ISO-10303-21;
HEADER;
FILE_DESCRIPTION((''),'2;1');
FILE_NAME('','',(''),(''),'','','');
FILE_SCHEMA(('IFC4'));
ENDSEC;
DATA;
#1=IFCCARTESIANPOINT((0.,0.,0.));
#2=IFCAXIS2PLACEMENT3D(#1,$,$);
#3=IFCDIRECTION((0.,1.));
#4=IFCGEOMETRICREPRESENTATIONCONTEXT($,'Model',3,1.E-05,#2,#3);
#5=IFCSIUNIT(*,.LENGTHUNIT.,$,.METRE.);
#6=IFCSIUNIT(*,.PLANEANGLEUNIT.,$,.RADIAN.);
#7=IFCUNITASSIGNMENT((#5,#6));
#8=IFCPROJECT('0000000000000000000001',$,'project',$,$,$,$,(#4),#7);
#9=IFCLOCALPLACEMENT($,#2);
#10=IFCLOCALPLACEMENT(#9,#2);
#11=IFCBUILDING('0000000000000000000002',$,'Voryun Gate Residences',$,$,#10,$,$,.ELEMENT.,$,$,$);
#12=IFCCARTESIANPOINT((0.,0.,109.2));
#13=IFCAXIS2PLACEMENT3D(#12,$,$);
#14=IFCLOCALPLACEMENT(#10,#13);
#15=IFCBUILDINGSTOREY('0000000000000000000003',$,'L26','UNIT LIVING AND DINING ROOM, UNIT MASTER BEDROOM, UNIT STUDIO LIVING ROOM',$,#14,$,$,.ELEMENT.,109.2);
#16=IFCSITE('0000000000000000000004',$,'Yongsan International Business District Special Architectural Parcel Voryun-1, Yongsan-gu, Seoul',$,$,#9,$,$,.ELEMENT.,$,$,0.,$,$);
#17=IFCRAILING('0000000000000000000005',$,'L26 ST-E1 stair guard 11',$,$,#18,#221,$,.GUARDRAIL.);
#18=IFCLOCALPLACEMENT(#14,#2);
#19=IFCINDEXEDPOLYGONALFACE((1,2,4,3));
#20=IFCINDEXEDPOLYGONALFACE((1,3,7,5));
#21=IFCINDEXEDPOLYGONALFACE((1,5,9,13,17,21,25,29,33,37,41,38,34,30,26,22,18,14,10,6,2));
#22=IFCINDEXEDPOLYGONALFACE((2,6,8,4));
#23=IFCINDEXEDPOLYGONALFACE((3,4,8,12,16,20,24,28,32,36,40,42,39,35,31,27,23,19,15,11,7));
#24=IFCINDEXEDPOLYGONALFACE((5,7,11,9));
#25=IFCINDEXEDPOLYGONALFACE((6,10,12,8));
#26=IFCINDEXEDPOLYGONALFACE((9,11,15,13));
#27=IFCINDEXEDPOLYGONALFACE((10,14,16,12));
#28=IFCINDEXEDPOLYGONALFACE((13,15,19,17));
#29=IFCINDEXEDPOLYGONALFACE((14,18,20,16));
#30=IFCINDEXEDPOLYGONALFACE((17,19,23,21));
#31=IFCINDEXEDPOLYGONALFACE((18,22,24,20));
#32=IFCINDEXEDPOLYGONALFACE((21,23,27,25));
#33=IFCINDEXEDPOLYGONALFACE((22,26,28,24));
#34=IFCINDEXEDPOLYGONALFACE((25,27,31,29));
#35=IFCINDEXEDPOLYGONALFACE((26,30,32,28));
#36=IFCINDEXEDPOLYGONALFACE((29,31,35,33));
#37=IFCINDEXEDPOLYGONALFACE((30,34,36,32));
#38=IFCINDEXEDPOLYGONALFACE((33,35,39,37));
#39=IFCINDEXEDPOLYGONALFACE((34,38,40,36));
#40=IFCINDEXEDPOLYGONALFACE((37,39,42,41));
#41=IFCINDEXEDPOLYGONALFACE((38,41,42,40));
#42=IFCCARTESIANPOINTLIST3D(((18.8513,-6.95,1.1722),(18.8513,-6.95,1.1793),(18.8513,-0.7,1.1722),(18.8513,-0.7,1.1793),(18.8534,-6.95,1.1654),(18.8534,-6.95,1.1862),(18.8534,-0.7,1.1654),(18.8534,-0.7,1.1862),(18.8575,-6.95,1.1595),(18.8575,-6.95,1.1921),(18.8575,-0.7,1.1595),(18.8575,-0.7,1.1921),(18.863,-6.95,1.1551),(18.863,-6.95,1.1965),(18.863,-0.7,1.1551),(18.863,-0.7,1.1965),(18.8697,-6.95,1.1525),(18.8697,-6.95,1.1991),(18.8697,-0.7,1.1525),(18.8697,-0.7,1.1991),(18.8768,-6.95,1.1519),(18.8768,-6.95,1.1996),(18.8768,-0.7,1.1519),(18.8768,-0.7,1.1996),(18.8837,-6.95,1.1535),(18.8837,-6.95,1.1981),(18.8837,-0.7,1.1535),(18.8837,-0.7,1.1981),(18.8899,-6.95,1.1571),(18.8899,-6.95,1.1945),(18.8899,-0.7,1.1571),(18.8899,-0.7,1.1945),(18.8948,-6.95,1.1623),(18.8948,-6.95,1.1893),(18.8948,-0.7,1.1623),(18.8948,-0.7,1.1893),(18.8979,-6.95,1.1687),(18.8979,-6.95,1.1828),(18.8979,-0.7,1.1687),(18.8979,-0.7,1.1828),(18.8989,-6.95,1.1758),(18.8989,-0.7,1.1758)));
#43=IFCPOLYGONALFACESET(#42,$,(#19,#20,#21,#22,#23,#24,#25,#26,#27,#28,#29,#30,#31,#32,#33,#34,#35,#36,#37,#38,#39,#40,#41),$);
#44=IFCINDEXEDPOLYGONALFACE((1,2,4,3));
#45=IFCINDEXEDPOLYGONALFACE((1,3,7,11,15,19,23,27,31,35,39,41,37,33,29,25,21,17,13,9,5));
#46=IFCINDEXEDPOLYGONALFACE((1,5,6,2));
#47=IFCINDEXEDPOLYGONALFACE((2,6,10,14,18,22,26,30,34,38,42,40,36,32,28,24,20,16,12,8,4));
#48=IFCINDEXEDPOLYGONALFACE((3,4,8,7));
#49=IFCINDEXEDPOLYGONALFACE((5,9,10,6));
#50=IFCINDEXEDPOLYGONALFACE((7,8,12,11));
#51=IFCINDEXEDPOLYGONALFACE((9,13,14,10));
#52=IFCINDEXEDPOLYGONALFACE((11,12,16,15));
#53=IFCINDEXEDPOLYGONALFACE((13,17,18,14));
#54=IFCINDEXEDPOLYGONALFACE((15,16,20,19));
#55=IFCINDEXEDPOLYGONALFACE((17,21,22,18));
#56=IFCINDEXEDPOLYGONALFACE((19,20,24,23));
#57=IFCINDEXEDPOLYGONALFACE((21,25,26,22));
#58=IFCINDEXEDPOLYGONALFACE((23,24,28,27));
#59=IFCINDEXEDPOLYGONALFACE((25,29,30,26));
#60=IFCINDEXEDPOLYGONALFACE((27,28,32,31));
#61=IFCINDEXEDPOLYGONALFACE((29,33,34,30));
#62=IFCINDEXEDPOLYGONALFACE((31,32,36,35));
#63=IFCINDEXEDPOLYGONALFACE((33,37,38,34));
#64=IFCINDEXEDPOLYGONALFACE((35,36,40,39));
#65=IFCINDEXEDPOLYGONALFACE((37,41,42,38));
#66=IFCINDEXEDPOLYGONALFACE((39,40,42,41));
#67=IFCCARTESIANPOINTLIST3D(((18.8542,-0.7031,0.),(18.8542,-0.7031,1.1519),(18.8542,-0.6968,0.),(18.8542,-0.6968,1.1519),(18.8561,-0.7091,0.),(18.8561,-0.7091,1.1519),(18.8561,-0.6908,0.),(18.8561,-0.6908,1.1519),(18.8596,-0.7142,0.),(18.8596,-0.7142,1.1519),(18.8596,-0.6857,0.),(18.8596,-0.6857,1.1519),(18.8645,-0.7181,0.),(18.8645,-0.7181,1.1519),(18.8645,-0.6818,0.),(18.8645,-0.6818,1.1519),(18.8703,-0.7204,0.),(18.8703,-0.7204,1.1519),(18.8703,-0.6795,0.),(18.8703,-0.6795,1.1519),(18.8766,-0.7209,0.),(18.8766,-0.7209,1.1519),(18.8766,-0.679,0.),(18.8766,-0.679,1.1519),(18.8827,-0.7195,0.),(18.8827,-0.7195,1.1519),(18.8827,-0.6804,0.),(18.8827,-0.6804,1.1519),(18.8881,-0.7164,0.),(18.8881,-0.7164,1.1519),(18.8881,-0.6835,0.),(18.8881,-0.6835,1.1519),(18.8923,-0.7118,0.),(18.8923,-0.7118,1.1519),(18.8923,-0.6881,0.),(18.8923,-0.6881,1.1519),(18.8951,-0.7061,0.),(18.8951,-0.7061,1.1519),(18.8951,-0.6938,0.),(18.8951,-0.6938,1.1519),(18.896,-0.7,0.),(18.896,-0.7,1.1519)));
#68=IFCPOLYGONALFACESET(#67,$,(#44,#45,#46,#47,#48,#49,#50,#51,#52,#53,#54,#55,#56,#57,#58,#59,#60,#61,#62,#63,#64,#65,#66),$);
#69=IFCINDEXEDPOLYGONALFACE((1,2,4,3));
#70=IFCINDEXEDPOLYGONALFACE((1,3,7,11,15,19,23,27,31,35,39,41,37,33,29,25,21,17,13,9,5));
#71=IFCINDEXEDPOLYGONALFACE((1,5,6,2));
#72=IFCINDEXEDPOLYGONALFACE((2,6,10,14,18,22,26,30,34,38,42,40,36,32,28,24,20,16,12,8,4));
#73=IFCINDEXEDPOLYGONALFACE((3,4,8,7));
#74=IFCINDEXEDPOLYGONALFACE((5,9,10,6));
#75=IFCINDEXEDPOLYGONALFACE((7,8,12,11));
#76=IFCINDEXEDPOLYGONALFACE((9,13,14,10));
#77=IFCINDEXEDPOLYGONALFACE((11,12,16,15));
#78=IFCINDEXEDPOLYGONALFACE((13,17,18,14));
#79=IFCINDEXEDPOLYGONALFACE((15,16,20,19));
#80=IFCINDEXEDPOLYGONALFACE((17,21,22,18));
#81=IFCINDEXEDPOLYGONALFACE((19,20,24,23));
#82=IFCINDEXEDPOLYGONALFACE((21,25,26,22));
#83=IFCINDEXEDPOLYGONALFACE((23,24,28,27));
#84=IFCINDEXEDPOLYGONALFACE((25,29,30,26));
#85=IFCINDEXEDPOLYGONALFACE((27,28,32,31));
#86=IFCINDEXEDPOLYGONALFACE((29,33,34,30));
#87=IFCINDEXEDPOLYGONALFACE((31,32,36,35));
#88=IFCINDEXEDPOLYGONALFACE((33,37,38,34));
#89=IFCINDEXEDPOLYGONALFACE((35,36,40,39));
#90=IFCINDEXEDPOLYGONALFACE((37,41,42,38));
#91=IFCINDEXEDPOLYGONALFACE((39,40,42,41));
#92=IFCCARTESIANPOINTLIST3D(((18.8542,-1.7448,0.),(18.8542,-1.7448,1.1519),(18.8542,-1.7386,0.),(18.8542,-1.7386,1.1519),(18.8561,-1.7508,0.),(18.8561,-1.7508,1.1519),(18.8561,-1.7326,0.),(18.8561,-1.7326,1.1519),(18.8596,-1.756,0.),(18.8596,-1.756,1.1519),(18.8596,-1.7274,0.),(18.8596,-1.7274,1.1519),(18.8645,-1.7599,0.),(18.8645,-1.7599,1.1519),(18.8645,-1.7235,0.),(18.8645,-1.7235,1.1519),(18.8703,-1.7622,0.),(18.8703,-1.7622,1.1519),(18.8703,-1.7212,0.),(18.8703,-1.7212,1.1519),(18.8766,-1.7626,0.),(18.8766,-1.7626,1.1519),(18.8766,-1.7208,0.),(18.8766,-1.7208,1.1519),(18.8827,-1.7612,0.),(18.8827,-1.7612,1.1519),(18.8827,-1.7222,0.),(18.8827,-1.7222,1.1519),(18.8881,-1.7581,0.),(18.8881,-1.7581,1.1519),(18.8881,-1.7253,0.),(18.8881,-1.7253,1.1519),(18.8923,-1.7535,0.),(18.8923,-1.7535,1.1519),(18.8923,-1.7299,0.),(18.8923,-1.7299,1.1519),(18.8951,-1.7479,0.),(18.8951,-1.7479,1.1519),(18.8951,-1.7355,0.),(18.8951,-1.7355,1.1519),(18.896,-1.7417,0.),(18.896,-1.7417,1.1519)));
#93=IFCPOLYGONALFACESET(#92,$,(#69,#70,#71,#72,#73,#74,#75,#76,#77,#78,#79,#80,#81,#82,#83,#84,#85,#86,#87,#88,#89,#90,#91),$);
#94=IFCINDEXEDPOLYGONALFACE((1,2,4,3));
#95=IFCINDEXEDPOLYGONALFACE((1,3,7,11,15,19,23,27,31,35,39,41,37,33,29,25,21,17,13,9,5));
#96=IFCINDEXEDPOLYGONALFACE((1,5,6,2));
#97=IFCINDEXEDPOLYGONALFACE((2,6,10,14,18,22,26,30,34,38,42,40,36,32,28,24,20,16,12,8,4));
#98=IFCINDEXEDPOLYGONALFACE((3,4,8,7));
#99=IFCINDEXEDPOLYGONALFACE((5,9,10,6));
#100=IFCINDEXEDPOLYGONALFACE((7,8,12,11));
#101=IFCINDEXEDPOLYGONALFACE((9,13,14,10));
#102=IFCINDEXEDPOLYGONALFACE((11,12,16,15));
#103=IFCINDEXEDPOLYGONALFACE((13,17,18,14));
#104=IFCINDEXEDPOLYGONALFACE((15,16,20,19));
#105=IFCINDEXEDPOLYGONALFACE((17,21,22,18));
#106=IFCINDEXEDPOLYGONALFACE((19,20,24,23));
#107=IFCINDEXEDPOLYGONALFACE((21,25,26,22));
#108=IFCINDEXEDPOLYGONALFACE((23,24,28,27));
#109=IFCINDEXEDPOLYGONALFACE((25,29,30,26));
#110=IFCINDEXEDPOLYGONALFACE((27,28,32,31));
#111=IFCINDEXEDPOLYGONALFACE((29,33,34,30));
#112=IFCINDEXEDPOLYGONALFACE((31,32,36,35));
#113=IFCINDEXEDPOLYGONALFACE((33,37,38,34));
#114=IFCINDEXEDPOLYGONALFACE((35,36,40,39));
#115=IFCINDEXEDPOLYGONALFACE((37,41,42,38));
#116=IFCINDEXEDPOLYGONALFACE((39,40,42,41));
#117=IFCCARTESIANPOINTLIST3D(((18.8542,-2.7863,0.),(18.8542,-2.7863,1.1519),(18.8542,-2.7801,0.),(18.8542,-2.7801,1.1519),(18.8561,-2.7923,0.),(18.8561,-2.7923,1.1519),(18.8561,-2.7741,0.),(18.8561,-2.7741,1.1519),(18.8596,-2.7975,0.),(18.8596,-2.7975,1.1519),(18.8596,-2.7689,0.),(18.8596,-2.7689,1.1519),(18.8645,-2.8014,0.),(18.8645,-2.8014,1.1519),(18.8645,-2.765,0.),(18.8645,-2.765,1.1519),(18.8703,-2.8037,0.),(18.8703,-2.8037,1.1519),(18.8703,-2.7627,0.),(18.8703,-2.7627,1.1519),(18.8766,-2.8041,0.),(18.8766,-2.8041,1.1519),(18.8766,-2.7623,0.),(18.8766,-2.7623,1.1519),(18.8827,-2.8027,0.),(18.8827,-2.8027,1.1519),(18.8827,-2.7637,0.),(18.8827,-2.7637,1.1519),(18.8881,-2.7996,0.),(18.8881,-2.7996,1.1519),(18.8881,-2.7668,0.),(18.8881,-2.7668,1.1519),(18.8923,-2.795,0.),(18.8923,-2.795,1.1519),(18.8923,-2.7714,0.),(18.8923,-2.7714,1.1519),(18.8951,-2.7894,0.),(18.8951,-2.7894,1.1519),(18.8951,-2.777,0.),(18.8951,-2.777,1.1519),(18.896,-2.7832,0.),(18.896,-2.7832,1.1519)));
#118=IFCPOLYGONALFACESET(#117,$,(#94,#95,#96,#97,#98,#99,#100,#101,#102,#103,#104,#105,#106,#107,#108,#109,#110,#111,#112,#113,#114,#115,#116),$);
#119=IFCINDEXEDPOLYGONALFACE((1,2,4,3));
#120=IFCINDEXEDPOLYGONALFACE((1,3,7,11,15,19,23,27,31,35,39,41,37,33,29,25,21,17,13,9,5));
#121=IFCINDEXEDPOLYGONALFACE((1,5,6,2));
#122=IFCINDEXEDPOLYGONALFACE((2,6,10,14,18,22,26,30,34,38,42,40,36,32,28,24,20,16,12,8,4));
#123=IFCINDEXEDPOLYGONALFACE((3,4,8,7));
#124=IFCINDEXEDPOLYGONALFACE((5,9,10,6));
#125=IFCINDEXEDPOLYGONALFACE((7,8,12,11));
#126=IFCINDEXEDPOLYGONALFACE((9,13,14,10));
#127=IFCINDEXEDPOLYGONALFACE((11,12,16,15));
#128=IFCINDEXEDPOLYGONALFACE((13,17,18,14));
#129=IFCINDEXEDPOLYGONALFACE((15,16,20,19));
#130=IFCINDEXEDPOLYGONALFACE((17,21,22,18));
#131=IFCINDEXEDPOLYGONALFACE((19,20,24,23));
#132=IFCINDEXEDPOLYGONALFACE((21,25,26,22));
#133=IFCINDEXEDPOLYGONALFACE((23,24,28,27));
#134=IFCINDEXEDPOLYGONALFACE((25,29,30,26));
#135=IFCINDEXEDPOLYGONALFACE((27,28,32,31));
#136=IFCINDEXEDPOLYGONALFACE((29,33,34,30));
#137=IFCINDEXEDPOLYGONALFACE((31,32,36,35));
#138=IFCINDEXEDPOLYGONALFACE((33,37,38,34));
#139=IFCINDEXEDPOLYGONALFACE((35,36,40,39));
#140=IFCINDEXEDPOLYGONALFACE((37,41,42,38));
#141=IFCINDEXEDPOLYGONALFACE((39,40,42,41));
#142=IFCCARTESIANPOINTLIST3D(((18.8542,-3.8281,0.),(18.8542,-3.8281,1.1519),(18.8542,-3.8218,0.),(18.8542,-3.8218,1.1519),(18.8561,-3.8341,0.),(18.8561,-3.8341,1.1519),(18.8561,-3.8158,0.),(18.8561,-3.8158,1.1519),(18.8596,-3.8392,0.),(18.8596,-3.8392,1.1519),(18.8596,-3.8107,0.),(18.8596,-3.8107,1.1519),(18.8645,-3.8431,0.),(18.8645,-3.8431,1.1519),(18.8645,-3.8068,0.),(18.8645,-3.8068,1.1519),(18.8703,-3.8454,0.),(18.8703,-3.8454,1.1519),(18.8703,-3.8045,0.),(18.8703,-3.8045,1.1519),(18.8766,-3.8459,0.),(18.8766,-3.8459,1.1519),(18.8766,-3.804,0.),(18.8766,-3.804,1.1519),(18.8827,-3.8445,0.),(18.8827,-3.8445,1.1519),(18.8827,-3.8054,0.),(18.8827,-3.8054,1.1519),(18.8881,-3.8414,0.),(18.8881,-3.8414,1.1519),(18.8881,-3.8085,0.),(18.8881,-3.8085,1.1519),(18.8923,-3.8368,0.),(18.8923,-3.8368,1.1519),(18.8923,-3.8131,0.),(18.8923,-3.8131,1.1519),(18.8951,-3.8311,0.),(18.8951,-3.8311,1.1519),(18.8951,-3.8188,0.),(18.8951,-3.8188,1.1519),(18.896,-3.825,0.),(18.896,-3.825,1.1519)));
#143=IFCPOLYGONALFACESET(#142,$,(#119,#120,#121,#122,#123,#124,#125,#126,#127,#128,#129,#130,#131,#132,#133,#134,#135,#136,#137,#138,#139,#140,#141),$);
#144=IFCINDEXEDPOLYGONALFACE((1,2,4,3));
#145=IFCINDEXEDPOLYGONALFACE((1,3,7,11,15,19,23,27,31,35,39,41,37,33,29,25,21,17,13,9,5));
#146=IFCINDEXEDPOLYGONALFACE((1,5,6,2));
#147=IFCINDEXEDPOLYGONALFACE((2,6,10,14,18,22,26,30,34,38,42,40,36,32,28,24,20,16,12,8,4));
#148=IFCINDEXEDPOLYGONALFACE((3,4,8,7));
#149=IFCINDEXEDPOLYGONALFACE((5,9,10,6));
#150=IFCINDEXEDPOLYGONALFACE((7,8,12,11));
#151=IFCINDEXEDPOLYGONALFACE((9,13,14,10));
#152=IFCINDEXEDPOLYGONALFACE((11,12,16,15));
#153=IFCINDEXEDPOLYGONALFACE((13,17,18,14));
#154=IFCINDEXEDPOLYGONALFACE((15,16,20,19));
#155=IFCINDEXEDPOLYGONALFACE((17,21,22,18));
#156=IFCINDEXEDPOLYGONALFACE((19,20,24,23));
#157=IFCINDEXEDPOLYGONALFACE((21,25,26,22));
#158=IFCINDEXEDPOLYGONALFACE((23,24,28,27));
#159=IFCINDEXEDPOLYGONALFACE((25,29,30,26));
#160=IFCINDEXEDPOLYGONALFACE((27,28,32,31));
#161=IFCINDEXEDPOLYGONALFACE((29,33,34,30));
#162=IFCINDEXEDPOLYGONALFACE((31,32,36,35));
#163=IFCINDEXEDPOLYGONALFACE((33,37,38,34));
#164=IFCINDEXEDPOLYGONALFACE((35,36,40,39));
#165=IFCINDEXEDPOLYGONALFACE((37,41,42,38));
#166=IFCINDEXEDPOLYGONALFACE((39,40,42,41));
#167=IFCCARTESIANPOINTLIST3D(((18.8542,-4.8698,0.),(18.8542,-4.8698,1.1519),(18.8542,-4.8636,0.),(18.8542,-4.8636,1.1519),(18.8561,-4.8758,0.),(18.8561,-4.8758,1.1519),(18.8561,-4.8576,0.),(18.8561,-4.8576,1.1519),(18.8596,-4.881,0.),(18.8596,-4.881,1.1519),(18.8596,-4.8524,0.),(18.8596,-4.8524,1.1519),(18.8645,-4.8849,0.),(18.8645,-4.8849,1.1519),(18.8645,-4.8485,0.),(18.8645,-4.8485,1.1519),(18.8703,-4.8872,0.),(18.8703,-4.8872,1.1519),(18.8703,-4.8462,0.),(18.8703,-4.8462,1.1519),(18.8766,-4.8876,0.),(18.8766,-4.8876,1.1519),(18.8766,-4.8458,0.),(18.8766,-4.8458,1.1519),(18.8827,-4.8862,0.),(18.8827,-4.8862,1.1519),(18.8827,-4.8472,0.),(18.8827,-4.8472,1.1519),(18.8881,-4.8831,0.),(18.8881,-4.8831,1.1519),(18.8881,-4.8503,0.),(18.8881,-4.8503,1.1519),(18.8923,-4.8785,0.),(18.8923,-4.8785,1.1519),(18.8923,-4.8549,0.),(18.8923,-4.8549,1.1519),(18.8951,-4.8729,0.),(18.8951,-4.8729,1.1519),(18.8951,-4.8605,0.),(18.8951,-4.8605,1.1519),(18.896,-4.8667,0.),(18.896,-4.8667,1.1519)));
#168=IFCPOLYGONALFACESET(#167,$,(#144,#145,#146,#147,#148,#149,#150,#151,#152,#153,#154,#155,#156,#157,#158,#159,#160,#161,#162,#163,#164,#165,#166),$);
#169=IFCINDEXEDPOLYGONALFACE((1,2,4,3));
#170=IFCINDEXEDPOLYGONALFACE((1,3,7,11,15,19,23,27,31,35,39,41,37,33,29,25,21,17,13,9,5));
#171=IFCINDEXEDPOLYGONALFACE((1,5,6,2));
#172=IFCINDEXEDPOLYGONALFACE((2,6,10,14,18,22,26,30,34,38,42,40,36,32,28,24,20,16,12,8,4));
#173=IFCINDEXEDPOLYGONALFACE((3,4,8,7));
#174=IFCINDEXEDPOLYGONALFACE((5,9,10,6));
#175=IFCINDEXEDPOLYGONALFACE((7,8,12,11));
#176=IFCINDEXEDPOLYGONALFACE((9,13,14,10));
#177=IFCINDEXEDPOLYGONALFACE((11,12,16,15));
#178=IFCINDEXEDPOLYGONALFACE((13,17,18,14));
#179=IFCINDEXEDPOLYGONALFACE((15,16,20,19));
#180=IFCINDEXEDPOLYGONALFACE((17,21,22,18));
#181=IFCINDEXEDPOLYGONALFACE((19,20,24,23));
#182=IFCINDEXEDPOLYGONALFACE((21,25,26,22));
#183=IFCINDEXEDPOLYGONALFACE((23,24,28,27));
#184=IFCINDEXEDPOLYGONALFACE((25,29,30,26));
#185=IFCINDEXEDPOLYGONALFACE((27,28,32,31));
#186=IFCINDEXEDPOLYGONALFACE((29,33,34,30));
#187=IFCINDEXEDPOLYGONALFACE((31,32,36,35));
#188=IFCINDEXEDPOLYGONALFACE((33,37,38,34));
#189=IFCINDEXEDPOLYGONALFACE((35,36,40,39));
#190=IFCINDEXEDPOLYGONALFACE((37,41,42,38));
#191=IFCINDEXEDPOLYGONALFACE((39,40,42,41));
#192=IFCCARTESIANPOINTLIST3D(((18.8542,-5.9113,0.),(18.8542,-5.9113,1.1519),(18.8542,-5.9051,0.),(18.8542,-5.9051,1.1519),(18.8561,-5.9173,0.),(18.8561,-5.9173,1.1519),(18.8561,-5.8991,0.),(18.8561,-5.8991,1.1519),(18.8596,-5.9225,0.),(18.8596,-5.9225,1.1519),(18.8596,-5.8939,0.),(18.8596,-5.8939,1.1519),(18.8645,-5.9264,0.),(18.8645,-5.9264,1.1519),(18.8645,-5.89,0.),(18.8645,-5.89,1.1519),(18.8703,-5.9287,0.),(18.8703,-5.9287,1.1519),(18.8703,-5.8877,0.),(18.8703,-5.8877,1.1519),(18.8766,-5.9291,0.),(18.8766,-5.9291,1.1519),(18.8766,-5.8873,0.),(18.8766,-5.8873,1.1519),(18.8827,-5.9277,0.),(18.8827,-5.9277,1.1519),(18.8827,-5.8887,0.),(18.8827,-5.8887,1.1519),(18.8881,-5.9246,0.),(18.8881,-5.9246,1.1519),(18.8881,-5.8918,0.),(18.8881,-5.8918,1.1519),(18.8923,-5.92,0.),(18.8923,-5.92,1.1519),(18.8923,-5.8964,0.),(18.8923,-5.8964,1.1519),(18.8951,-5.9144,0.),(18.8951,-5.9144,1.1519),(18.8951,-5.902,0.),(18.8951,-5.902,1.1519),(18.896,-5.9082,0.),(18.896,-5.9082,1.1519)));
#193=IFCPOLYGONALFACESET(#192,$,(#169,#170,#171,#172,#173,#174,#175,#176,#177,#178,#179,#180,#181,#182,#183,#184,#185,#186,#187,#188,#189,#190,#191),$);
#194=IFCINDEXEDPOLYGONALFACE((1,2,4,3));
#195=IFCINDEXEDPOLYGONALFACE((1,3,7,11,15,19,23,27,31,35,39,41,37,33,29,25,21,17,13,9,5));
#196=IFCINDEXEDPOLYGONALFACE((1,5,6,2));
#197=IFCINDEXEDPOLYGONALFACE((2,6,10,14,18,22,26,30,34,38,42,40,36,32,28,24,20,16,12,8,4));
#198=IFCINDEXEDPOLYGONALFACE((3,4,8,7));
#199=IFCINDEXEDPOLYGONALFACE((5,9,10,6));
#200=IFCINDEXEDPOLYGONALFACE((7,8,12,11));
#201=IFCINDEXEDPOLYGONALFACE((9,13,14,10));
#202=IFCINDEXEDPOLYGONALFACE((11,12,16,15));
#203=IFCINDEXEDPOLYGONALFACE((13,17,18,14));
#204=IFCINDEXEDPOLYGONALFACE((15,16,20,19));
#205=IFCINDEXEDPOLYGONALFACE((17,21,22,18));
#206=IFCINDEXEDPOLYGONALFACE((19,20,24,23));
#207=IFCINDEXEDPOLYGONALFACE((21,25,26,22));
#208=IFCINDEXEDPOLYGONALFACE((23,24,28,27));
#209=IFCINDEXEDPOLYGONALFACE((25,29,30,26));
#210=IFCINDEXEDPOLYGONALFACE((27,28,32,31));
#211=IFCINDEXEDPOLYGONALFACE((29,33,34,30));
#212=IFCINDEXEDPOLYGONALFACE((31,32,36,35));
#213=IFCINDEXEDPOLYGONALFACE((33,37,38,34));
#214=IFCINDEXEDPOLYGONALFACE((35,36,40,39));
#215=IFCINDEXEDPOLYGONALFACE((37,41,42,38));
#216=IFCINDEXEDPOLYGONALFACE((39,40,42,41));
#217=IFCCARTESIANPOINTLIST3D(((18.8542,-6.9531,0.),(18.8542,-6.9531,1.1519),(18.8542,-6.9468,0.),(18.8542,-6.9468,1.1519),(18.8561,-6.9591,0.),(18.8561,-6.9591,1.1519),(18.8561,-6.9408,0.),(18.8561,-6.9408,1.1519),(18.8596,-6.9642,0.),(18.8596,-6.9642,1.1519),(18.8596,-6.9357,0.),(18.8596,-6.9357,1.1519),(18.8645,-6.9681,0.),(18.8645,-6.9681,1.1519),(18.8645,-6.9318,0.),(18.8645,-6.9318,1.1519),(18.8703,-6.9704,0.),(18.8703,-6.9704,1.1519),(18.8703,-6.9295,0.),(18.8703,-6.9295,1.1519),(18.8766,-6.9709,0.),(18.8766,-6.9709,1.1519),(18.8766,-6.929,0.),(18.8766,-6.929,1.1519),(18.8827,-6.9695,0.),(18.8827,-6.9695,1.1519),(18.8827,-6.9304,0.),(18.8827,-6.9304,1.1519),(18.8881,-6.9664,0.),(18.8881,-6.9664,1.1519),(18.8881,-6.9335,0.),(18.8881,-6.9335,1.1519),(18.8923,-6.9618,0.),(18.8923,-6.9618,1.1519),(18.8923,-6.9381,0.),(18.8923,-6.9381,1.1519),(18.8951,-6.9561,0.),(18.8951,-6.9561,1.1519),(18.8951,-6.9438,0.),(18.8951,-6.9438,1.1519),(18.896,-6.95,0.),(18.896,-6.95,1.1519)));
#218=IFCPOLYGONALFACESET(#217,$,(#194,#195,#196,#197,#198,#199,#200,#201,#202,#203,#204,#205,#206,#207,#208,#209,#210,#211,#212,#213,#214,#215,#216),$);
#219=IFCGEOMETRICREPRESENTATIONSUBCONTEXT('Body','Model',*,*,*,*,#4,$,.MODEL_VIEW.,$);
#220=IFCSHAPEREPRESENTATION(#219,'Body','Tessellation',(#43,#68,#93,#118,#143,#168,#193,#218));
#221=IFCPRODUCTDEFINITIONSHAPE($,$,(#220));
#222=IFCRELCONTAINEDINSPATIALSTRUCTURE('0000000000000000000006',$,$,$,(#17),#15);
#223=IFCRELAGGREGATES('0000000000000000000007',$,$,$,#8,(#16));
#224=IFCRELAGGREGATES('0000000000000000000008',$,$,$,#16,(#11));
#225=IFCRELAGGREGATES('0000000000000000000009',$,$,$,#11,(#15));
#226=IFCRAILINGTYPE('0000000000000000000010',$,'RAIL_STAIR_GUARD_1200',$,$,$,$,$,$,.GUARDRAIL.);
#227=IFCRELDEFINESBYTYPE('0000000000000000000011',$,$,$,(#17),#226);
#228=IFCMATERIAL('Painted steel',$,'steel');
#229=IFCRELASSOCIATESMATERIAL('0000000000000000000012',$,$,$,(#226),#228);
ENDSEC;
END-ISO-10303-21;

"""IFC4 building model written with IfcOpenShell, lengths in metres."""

from ifc_helpers import new_model, si_unit, direction, frame, origin, origin_2d, place, context, subcontext, project, spatial, circle, extrude, material, type_object, element, save


model = new_model("IFC4")

# Units and contexts
model_context = context("Model", 3, precision=1e-05, world=origin(), true_north=direction((0.0, 1.0)))
body_context = subcontext(model_context, "Body", "Model", "MODEL_VIEW")
ifc_project = project(units=[si_unit("LENGTHUNIT", "METRE"), si_unit("PLANEANGLEUNIT", "RADIAN")], contexts=[model_context])

# Site, building, storey
site_placement = place(None, origin())
site = spatial("IfcSite", under=ifc_project, at=site_placement, Name="Yongsan International Business District Special Architectural Parcel Voryun-1, Yongsan-gu, Seoul", CompositionType="ELEMENT", RefElevation=0.0)
building_placement = place(site_placement, origin())
building = spatial("IfcBuilding", under=site, at=building_placement, Name="Voryun Gate Residences", CompositionType="ELEMENT")
storey_placement = place(building_placement, frame((0.0, 0.0, 109.2)))
storey = spatial("IfcBuildingStorey", under=building, at=storey_placement, Name="L26", Description="UNIT LIVING AND DINING ROOM, UNIT MASTER BEDROOM, UNIT STUDIO LIVING ROOM", CompositionType="ELEMENT", Elevation=109.2)

# Railing
ifc_material_1 = material(Name="Painted steel", Category="steel")
railing_type = type_object("IfcRailingType", Name="RAIL_STAIR_GUARD_1200", PredefinedType="GUARDRAIL", material=ifc_material_1)
railing_1_placement = place(storey_placement, frame((18.875, -0.7, 0.0)))
element("IfcRailing", 1, at=railing_1_placement, inside=storey, type_object=railing_type, Name="L26 ST-E1 stair guard 11", PredefinedType="GUARDRAIL", context=body_context, shape_type="SweptSolid", body=[
    extrude(circle(Radius=0.0239, at=origin_2d()), frame((0.0, 0.0, 1.1758), z_axis=(0.0, -1.0, 0.0), x_axis=(1.0, 0.0, 0.0)), (0.0, 0.0, 1.0), 6.25),
    extrude(circle(Radius=0.021, at=origin_2d()), origin(), (0.0, 0.0, 1.0), 1.1519),
    extrude(circle(Radius=0.021, at=origin_2d()), frame((0.0, -1.0417, 0.0)), (0.0, 0.0, 1.0), 1.1519),
    extrude(circle(Radius=0.021, at=origin_2d()), frame((0.0, -2.0833, 0.0)), (0.0, 0.0, 1.0), 1.1519),
    extrude(circle(Radius=0.021, at=origin_2d()), frame((0.0, -3.125, 0.0)), (0.0, 0.0, 1.0), 1.1519),
    extrude(circle(Radius=0.021, at=origin_2d()), frame((0.0, -4.1667, 0.0)), (0.0, 0.0, 1.0), 1.1519),
    extrude(circle(Radius=0.021, at=origin_2d()), frame((0.0, -5.2083, 0.0)), (0.0, 0.0, 1.0), 1.1519),
    extrude(circle(Radius=0.021, at=origin_2d()), frame((0.0, -6.25, 0.0)), (0.0, 0.0, 1.0), 1.1519),
])

save(model, "model.ifc")
